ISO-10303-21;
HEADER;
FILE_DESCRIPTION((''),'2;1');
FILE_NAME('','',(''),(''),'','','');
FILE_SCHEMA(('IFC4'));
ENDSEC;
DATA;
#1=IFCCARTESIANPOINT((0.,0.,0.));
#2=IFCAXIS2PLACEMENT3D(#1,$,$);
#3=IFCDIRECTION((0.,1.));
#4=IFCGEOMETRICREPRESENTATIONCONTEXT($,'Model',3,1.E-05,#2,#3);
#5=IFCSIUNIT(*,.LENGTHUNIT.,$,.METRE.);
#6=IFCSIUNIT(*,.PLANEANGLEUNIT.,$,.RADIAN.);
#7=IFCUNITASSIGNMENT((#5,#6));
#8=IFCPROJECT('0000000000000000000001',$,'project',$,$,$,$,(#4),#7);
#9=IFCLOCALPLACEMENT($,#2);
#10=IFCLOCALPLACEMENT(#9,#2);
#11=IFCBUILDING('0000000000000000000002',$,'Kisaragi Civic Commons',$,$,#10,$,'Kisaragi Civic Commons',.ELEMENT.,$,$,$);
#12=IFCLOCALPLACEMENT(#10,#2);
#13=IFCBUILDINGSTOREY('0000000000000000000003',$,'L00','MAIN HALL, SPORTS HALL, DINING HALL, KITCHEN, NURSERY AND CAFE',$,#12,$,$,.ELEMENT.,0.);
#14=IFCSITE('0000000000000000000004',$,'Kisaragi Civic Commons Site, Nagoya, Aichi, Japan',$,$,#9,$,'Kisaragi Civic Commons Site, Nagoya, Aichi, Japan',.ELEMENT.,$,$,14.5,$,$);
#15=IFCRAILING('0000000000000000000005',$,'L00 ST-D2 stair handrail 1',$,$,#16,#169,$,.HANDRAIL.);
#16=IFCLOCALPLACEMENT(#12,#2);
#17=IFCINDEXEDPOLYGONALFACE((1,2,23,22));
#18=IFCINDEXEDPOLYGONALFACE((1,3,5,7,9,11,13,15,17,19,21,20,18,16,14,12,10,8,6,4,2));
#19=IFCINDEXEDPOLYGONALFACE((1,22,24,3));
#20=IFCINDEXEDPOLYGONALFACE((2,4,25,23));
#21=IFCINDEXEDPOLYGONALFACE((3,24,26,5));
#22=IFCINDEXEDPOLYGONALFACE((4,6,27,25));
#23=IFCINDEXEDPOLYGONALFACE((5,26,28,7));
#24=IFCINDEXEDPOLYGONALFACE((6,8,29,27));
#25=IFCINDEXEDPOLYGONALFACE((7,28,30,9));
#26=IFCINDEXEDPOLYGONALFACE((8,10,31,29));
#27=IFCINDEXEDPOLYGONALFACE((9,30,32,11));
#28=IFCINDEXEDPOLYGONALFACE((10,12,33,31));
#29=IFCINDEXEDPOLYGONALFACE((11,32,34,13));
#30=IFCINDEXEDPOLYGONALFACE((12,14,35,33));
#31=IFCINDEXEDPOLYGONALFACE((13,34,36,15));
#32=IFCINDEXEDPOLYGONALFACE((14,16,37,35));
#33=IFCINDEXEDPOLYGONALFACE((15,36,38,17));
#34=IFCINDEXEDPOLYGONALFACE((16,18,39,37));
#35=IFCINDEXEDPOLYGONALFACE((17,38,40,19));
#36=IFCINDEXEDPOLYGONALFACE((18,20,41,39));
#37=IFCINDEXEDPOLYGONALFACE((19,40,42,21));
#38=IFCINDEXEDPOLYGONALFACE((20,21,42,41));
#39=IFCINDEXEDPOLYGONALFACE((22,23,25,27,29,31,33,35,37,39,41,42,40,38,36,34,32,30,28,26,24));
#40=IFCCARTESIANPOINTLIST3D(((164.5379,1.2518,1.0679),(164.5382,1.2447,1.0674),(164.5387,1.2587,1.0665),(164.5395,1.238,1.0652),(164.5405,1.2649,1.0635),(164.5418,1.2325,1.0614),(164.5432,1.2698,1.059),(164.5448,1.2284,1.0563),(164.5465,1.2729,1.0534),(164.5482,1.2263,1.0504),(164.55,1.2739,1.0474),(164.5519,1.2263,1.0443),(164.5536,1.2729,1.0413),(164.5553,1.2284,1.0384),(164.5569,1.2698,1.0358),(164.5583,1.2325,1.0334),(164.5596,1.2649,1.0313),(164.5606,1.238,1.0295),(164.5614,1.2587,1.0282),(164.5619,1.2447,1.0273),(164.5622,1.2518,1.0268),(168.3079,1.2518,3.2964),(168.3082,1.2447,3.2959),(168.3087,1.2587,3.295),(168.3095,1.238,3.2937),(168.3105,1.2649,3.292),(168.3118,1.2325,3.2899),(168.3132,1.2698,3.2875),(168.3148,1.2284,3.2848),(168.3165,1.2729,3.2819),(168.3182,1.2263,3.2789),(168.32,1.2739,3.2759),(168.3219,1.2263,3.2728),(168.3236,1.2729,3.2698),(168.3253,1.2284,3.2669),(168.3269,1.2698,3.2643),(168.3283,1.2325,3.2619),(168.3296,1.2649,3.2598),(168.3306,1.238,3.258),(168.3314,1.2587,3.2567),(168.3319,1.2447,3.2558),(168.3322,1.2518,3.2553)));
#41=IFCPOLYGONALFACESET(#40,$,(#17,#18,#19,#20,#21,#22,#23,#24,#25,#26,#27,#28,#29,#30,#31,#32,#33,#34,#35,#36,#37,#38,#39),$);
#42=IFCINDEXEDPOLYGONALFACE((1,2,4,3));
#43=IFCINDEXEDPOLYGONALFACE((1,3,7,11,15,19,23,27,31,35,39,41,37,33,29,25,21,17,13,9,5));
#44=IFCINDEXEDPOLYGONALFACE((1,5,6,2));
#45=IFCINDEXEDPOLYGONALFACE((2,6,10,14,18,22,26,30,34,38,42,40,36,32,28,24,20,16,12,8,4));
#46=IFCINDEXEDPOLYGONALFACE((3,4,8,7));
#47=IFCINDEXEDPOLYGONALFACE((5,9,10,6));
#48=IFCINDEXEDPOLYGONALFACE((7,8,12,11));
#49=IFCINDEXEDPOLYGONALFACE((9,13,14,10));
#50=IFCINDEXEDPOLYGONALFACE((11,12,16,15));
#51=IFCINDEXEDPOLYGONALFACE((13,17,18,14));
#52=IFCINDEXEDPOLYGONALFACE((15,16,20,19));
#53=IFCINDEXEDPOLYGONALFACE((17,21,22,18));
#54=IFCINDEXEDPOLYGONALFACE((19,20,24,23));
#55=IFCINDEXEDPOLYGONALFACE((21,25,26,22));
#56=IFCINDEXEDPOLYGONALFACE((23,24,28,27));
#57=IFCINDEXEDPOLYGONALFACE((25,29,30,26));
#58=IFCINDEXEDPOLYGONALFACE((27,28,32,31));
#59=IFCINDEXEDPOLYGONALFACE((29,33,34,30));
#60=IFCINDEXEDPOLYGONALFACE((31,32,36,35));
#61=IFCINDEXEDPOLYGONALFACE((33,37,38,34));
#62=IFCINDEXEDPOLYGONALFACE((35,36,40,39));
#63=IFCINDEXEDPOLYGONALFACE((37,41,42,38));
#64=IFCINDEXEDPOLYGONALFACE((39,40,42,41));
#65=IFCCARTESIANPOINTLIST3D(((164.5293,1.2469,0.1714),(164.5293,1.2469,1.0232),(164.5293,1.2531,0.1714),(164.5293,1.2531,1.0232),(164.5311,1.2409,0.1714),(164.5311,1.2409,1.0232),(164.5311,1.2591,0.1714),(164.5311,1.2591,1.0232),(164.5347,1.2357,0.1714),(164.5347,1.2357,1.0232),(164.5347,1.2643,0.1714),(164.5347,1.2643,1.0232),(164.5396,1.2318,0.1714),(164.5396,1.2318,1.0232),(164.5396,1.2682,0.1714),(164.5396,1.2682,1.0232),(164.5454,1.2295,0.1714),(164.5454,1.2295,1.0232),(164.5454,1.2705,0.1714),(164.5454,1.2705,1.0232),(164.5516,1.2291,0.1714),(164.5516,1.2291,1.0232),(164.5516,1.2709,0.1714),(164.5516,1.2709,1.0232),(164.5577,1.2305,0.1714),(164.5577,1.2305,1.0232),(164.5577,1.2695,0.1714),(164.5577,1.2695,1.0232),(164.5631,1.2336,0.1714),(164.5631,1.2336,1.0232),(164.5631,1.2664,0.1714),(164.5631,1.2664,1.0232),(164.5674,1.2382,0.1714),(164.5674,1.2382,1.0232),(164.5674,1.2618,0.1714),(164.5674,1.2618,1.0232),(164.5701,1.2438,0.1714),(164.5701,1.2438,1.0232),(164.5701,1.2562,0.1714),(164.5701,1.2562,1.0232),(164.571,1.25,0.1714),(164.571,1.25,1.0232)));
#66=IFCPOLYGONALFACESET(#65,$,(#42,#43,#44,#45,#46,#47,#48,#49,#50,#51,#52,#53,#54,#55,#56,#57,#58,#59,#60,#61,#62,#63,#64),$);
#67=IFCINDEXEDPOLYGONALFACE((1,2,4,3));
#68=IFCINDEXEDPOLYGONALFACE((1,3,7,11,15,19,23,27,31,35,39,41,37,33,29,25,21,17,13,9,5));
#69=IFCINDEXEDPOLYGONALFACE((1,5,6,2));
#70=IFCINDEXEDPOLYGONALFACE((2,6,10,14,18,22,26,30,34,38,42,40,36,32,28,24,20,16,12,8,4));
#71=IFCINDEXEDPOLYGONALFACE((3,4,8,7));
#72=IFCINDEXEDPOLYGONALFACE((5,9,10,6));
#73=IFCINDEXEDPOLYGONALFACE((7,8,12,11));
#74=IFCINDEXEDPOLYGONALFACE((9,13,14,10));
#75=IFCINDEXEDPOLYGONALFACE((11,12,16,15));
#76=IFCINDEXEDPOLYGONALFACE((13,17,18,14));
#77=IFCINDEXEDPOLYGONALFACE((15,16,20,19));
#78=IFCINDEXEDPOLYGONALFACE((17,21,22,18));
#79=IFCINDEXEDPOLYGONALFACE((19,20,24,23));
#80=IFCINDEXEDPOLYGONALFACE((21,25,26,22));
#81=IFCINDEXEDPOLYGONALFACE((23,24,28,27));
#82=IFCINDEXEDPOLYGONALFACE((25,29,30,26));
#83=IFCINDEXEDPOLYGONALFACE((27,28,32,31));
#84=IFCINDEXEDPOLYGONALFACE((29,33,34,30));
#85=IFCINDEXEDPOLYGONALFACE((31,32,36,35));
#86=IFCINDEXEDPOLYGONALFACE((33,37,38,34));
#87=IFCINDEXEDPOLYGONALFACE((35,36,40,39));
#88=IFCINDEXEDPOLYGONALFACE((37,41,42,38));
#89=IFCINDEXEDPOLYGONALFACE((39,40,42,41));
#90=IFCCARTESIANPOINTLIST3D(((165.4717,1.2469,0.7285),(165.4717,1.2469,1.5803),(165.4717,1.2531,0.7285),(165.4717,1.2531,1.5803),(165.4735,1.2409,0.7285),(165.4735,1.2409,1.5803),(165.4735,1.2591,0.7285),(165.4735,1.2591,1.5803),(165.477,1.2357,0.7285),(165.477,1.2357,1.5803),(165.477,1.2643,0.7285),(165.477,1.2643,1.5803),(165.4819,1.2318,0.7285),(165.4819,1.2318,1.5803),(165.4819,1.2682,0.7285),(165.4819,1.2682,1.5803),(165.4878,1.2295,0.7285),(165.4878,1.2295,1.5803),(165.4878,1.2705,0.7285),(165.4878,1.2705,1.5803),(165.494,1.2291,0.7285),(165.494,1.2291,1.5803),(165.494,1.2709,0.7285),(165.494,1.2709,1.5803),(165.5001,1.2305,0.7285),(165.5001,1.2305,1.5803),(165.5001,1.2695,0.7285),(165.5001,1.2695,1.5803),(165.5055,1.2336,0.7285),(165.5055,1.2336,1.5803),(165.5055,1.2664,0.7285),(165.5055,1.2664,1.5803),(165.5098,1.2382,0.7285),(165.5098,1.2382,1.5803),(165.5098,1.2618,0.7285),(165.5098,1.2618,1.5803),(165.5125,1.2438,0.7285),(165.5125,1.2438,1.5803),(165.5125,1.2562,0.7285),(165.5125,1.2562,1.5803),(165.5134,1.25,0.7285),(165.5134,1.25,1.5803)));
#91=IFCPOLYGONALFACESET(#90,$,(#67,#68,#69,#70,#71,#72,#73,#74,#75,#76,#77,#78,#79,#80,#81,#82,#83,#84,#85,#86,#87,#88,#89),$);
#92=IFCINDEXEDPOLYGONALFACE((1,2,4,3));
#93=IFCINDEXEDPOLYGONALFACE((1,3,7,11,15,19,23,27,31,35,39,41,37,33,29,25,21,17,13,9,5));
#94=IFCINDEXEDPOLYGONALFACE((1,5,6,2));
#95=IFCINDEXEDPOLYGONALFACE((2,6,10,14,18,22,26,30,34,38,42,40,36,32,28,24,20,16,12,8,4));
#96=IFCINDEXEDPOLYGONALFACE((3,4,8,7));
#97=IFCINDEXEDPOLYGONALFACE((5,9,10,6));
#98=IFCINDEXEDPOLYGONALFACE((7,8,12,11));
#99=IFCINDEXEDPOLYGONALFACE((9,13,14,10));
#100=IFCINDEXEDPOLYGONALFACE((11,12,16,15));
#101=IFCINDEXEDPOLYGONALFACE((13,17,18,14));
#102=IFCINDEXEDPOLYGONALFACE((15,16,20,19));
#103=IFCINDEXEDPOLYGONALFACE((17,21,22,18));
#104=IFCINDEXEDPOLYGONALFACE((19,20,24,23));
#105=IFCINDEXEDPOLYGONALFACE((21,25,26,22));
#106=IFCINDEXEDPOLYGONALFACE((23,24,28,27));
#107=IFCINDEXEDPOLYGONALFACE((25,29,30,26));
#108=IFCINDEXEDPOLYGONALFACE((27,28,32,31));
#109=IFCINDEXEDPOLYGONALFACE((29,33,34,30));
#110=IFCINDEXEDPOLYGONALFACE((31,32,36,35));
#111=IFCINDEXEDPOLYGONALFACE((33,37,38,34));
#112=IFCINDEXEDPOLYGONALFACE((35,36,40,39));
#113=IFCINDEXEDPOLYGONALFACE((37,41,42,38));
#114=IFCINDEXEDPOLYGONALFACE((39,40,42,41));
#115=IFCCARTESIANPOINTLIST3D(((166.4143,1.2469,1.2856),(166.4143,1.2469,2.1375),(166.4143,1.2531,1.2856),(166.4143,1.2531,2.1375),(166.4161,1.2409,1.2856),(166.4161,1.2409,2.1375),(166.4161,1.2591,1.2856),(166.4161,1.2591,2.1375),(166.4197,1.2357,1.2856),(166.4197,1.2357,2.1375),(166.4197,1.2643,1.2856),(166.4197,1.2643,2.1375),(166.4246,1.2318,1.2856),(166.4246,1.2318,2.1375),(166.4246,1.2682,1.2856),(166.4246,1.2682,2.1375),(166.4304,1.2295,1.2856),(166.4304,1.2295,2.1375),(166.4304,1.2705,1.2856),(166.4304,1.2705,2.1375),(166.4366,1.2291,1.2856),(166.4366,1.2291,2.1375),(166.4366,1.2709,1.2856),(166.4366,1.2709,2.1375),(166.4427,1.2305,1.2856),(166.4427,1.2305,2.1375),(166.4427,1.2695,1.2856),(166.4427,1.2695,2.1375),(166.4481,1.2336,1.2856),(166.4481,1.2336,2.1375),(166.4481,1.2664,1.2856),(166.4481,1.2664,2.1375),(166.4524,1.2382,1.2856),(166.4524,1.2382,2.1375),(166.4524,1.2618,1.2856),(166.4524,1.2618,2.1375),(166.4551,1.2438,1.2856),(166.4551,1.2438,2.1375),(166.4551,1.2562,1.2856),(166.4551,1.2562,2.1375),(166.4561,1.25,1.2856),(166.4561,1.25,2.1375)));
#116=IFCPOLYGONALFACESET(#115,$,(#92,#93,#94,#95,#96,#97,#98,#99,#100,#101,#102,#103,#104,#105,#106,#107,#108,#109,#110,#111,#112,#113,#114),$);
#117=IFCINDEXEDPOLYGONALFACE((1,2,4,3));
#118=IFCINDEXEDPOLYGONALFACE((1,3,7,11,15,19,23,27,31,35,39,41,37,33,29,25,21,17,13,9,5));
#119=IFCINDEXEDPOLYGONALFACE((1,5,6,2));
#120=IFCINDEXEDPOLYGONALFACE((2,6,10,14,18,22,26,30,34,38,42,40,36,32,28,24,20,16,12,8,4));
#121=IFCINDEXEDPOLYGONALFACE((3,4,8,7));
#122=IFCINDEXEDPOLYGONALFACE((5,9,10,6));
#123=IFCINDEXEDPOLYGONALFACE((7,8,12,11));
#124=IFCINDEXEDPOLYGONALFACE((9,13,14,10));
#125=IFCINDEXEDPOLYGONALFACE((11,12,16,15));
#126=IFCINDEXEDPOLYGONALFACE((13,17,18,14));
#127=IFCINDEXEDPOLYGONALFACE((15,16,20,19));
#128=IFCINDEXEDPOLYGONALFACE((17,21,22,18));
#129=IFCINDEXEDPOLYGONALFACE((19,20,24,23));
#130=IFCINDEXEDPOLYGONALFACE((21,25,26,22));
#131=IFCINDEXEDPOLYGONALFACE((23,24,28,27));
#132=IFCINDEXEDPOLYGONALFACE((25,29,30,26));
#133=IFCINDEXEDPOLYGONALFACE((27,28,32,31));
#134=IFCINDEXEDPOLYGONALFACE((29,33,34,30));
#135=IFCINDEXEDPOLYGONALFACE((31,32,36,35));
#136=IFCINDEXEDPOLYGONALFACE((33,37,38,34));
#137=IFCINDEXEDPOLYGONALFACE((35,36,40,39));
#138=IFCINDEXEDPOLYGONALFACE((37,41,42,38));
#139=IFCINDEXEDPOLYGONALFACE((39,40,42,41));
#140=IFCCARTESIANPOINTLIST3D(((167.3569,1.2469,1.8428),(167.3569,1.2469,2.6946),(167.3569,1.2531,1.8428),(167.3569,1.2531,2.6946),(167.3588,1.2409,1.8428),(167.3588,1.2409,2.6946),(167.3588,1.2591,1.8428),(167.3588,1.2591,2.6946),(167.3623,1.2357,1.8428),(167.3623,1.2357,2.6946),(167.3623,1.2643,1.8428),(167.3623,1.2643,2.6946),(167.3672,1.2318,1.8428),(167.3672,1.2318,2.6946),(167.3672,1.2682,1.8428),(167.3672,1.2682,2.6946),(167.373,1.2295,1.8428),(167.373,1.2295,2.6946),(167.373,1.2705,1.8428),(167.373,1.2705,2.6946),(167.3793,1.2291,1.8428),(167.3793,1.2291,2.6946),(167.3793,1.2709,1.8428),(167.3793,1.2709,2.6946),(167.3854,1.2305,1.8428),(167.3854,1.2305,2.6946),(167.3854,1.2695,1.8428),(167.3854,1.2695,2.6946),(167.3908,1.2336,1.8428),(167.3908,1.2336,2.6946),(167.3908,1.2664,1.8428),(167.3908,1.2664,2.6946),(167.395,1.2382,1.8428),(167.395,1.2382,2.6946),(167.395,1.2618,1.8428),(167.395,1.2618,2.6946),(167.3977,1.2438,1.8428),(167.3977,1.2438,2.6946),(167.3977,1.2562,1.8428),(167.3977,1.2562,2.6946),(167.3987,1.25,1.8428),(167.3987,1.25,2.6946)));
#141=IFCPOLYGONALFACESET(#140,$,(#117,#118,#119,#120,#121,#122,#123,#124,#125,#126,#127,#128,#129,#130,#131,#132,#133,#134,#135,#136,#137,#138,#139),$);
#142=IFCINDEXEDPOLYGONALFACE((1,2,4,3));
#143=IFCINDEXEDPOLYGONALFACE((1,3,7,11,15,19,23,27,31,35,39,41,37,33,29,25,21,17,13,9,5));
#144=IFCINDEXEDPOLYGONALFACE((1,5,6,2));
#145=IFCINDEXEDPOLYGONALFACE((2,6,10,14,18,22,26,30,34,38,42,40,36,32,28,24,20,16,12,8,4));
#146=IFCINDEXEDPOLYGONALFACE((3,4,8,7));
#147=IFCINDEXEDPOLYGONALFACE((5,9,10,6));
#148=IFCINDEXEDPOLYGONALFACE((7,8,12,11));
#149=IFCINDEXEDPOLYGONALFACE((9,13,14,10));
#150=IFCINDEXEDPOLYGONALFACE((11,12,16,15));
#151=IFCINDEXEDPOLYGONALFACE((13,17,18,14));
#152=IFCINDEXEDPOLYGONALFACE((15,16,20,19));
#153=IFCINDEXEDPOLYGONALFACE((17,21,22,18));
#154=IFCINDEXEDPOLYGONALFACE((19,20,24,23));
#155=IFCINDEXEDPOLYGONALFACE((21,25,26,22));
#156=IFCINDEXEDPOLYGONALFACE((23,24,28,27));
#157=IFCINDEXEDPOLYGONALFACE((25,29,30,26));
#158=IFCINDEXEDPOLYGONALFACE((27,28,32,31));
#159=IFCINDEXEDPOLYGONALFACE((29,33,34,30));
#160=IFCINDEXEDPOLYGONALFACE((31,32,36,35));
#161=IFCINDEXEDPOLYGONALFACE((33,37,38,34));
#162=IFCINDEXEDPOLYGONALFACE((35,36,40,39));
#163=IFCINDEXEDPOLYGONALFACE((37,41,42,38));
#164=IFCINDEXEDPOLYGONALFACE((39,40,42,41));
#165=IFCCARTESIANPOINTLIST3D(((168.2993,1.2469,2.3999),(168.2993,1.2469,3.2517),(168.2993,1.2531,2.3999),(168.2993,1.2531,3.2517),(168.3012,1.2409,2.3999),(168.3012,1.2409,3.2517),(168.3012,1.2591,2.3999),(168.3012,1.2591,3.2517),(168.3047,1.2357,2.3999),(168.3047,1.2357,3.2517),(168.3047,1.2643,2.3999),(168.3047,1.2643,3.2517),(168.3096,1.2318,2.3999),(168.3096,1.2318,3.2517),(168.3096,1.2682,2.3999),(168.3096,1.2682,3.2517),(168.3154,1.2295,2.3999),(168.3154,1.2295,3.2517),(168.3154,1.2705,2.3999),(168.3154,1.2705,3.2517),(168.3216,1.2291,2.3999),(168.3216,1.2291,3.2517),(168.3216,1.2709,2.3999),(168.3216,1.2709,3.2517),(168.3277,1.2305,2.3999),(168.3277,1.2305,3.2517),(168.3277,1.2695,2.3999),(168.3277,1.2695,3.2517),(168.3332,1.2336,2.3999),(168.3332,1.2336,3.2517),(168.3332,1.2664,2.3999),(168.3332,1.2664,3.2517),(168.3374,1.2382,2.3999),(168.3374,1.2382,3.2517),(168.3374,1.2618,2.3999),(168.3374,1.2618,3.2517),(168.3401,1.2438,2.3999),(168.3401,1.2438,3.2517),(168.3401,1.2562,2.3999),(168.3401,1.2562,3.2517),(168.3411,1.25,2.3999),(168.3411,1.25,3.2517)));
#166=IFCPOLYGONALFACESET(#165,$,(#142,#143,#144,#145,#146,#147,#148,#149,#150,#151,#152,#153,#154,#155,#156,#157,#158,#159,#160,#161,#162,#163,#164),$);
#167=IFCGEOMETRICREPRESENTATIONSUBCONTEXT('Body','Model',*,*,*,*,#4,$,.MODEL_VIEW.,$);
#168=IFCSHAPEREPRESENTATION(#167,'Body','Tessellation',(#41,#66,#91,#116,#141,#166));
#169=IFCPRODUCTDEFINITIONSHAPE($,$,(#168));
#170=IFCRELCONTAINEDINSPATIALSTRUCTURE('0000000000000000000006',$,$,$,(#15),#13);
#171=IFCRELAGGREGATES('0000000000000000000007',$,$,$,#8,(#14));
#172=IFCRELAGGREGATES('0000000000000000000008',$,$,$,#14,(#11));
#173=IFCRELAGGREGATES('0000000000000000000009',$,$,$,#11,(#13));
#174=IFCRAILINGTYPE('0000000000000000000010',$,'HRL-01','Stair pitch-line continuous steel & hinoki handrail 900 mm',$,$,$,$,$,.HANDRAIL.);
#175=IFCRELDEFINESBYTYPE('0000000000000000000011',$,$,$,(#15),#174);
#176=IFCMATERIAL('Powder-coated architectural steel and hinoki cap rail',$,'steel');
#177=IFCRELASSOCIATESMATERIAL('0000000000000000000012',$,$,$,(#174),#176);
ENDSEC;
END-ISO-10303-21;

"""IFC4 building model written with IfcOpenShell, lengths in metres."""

from ifc_helpers import new_model, si_unit, direction, frame, origin, origin_2d, place, context, subcontext, project, spatial, circle, extrude, material, type_object, element, save


model = new_model("IFC4")

# Units and contexts
model_context = context("Model", 3, precision=1e-05, world=origin(), true_north=direction((0.0, 1.0)))
body_context = subcontext(model_context, "Body", "Model", "MODEL_VIEW")
ifc_project = project(units=[si_unit("LENGTHUNIT", "METRE"), si_unit("PLANEANGLEUNIT", "RADIAN")], contexts=[model_context])

# Site, building, storey
site_placement = place(None, origin())
site = spatial("IfcSite", under=ifc_project, at=site_placement, Name="Kisaragi Civic Commons Site, Nagoya, Aichi, Japan", LongName="Kisaragi Civic Commons Site, Nagoya, Aichi, Japan", CompositionType="ELEMENT", RefElevation=14.5)
building_placement = place(site_placement, origin())
building = spatial("IfcBuilding", under=site, at=building_placement, Name="Kisaragi Civic Commons", LongName="Kisaragi Civic Commons", CompositionType="ELEMENT")
storey_placement = place(building_placement, origin())
storey = spatial("IfcBuildingStorey", under=building, at=storey_placement, Name="L00", Description="MAIN HALL, SPORTS HALL, DINING HALL, KITCHEN, NURSERY AND CAFE", CompositionType="ELEMENT", Elevation=0.0)

# Railing
ifc_material_1 = material(Name="Powder-coated architectural steel and hinoki cap rail", Category="steel")
railing_type_1 = type_object("IfcRailingType", Name="HRL-01", Description="Stair pitch-line continuous steel & hinoki handrail 900 mm", PredefinedType="HANDRAIL", material=ifc_material_1)
railing_1_placement = place(storey_placement, frame((164.55, 1.25, 0.1714)))
element("IfcRailing", 1, at=railing_1_placement, inside=storey, type_object=railing_type_1, Name="L00 ST-D2 stair handrail 1", PredefinedType="HANDRAIL", context=body_context, shape_type="SweptSolid", body=[
    extrude(circle(Radius=0.0239, at=origin_2d()), frame((0.0, 0.0, 0.876), z_axis=(0.860849, 0.0, 0.508861), x_axis=(0.0, 1.0, 0.0)), (0.0, 0.0, 1.0), 4.3794),
    extrude(circle(Radius=0.021, at=origin_2d()), origin(), (0.0, 0.0, 1.0), 0.8518),
    extrude(circle(Radius=0.021, at=origin_2d()), frame((0.9424, 0.0, 0.5571)), (0.0, 0.0, 1.0), 0.8518),
    extrude(circle(Radius=0.021, at=origin_2d()), frame((1.885, 0.0, 1.1143)), (0.0, 0.0, 1.0), 0.8518),
    extrude(circle(Radius=0.021, at=origin_2d()), frame((2.8276, 0.0, 1.6714)), (0.0, 0.0, 1.0), 0.8518),
    extrude(circle(Radius=0.021, at=origin_2d()), frame((3.77, 0.0, 2.2285)), (0.0, 0.0, 1.0), 0.8518),
])

save(model, "model.ifc")
